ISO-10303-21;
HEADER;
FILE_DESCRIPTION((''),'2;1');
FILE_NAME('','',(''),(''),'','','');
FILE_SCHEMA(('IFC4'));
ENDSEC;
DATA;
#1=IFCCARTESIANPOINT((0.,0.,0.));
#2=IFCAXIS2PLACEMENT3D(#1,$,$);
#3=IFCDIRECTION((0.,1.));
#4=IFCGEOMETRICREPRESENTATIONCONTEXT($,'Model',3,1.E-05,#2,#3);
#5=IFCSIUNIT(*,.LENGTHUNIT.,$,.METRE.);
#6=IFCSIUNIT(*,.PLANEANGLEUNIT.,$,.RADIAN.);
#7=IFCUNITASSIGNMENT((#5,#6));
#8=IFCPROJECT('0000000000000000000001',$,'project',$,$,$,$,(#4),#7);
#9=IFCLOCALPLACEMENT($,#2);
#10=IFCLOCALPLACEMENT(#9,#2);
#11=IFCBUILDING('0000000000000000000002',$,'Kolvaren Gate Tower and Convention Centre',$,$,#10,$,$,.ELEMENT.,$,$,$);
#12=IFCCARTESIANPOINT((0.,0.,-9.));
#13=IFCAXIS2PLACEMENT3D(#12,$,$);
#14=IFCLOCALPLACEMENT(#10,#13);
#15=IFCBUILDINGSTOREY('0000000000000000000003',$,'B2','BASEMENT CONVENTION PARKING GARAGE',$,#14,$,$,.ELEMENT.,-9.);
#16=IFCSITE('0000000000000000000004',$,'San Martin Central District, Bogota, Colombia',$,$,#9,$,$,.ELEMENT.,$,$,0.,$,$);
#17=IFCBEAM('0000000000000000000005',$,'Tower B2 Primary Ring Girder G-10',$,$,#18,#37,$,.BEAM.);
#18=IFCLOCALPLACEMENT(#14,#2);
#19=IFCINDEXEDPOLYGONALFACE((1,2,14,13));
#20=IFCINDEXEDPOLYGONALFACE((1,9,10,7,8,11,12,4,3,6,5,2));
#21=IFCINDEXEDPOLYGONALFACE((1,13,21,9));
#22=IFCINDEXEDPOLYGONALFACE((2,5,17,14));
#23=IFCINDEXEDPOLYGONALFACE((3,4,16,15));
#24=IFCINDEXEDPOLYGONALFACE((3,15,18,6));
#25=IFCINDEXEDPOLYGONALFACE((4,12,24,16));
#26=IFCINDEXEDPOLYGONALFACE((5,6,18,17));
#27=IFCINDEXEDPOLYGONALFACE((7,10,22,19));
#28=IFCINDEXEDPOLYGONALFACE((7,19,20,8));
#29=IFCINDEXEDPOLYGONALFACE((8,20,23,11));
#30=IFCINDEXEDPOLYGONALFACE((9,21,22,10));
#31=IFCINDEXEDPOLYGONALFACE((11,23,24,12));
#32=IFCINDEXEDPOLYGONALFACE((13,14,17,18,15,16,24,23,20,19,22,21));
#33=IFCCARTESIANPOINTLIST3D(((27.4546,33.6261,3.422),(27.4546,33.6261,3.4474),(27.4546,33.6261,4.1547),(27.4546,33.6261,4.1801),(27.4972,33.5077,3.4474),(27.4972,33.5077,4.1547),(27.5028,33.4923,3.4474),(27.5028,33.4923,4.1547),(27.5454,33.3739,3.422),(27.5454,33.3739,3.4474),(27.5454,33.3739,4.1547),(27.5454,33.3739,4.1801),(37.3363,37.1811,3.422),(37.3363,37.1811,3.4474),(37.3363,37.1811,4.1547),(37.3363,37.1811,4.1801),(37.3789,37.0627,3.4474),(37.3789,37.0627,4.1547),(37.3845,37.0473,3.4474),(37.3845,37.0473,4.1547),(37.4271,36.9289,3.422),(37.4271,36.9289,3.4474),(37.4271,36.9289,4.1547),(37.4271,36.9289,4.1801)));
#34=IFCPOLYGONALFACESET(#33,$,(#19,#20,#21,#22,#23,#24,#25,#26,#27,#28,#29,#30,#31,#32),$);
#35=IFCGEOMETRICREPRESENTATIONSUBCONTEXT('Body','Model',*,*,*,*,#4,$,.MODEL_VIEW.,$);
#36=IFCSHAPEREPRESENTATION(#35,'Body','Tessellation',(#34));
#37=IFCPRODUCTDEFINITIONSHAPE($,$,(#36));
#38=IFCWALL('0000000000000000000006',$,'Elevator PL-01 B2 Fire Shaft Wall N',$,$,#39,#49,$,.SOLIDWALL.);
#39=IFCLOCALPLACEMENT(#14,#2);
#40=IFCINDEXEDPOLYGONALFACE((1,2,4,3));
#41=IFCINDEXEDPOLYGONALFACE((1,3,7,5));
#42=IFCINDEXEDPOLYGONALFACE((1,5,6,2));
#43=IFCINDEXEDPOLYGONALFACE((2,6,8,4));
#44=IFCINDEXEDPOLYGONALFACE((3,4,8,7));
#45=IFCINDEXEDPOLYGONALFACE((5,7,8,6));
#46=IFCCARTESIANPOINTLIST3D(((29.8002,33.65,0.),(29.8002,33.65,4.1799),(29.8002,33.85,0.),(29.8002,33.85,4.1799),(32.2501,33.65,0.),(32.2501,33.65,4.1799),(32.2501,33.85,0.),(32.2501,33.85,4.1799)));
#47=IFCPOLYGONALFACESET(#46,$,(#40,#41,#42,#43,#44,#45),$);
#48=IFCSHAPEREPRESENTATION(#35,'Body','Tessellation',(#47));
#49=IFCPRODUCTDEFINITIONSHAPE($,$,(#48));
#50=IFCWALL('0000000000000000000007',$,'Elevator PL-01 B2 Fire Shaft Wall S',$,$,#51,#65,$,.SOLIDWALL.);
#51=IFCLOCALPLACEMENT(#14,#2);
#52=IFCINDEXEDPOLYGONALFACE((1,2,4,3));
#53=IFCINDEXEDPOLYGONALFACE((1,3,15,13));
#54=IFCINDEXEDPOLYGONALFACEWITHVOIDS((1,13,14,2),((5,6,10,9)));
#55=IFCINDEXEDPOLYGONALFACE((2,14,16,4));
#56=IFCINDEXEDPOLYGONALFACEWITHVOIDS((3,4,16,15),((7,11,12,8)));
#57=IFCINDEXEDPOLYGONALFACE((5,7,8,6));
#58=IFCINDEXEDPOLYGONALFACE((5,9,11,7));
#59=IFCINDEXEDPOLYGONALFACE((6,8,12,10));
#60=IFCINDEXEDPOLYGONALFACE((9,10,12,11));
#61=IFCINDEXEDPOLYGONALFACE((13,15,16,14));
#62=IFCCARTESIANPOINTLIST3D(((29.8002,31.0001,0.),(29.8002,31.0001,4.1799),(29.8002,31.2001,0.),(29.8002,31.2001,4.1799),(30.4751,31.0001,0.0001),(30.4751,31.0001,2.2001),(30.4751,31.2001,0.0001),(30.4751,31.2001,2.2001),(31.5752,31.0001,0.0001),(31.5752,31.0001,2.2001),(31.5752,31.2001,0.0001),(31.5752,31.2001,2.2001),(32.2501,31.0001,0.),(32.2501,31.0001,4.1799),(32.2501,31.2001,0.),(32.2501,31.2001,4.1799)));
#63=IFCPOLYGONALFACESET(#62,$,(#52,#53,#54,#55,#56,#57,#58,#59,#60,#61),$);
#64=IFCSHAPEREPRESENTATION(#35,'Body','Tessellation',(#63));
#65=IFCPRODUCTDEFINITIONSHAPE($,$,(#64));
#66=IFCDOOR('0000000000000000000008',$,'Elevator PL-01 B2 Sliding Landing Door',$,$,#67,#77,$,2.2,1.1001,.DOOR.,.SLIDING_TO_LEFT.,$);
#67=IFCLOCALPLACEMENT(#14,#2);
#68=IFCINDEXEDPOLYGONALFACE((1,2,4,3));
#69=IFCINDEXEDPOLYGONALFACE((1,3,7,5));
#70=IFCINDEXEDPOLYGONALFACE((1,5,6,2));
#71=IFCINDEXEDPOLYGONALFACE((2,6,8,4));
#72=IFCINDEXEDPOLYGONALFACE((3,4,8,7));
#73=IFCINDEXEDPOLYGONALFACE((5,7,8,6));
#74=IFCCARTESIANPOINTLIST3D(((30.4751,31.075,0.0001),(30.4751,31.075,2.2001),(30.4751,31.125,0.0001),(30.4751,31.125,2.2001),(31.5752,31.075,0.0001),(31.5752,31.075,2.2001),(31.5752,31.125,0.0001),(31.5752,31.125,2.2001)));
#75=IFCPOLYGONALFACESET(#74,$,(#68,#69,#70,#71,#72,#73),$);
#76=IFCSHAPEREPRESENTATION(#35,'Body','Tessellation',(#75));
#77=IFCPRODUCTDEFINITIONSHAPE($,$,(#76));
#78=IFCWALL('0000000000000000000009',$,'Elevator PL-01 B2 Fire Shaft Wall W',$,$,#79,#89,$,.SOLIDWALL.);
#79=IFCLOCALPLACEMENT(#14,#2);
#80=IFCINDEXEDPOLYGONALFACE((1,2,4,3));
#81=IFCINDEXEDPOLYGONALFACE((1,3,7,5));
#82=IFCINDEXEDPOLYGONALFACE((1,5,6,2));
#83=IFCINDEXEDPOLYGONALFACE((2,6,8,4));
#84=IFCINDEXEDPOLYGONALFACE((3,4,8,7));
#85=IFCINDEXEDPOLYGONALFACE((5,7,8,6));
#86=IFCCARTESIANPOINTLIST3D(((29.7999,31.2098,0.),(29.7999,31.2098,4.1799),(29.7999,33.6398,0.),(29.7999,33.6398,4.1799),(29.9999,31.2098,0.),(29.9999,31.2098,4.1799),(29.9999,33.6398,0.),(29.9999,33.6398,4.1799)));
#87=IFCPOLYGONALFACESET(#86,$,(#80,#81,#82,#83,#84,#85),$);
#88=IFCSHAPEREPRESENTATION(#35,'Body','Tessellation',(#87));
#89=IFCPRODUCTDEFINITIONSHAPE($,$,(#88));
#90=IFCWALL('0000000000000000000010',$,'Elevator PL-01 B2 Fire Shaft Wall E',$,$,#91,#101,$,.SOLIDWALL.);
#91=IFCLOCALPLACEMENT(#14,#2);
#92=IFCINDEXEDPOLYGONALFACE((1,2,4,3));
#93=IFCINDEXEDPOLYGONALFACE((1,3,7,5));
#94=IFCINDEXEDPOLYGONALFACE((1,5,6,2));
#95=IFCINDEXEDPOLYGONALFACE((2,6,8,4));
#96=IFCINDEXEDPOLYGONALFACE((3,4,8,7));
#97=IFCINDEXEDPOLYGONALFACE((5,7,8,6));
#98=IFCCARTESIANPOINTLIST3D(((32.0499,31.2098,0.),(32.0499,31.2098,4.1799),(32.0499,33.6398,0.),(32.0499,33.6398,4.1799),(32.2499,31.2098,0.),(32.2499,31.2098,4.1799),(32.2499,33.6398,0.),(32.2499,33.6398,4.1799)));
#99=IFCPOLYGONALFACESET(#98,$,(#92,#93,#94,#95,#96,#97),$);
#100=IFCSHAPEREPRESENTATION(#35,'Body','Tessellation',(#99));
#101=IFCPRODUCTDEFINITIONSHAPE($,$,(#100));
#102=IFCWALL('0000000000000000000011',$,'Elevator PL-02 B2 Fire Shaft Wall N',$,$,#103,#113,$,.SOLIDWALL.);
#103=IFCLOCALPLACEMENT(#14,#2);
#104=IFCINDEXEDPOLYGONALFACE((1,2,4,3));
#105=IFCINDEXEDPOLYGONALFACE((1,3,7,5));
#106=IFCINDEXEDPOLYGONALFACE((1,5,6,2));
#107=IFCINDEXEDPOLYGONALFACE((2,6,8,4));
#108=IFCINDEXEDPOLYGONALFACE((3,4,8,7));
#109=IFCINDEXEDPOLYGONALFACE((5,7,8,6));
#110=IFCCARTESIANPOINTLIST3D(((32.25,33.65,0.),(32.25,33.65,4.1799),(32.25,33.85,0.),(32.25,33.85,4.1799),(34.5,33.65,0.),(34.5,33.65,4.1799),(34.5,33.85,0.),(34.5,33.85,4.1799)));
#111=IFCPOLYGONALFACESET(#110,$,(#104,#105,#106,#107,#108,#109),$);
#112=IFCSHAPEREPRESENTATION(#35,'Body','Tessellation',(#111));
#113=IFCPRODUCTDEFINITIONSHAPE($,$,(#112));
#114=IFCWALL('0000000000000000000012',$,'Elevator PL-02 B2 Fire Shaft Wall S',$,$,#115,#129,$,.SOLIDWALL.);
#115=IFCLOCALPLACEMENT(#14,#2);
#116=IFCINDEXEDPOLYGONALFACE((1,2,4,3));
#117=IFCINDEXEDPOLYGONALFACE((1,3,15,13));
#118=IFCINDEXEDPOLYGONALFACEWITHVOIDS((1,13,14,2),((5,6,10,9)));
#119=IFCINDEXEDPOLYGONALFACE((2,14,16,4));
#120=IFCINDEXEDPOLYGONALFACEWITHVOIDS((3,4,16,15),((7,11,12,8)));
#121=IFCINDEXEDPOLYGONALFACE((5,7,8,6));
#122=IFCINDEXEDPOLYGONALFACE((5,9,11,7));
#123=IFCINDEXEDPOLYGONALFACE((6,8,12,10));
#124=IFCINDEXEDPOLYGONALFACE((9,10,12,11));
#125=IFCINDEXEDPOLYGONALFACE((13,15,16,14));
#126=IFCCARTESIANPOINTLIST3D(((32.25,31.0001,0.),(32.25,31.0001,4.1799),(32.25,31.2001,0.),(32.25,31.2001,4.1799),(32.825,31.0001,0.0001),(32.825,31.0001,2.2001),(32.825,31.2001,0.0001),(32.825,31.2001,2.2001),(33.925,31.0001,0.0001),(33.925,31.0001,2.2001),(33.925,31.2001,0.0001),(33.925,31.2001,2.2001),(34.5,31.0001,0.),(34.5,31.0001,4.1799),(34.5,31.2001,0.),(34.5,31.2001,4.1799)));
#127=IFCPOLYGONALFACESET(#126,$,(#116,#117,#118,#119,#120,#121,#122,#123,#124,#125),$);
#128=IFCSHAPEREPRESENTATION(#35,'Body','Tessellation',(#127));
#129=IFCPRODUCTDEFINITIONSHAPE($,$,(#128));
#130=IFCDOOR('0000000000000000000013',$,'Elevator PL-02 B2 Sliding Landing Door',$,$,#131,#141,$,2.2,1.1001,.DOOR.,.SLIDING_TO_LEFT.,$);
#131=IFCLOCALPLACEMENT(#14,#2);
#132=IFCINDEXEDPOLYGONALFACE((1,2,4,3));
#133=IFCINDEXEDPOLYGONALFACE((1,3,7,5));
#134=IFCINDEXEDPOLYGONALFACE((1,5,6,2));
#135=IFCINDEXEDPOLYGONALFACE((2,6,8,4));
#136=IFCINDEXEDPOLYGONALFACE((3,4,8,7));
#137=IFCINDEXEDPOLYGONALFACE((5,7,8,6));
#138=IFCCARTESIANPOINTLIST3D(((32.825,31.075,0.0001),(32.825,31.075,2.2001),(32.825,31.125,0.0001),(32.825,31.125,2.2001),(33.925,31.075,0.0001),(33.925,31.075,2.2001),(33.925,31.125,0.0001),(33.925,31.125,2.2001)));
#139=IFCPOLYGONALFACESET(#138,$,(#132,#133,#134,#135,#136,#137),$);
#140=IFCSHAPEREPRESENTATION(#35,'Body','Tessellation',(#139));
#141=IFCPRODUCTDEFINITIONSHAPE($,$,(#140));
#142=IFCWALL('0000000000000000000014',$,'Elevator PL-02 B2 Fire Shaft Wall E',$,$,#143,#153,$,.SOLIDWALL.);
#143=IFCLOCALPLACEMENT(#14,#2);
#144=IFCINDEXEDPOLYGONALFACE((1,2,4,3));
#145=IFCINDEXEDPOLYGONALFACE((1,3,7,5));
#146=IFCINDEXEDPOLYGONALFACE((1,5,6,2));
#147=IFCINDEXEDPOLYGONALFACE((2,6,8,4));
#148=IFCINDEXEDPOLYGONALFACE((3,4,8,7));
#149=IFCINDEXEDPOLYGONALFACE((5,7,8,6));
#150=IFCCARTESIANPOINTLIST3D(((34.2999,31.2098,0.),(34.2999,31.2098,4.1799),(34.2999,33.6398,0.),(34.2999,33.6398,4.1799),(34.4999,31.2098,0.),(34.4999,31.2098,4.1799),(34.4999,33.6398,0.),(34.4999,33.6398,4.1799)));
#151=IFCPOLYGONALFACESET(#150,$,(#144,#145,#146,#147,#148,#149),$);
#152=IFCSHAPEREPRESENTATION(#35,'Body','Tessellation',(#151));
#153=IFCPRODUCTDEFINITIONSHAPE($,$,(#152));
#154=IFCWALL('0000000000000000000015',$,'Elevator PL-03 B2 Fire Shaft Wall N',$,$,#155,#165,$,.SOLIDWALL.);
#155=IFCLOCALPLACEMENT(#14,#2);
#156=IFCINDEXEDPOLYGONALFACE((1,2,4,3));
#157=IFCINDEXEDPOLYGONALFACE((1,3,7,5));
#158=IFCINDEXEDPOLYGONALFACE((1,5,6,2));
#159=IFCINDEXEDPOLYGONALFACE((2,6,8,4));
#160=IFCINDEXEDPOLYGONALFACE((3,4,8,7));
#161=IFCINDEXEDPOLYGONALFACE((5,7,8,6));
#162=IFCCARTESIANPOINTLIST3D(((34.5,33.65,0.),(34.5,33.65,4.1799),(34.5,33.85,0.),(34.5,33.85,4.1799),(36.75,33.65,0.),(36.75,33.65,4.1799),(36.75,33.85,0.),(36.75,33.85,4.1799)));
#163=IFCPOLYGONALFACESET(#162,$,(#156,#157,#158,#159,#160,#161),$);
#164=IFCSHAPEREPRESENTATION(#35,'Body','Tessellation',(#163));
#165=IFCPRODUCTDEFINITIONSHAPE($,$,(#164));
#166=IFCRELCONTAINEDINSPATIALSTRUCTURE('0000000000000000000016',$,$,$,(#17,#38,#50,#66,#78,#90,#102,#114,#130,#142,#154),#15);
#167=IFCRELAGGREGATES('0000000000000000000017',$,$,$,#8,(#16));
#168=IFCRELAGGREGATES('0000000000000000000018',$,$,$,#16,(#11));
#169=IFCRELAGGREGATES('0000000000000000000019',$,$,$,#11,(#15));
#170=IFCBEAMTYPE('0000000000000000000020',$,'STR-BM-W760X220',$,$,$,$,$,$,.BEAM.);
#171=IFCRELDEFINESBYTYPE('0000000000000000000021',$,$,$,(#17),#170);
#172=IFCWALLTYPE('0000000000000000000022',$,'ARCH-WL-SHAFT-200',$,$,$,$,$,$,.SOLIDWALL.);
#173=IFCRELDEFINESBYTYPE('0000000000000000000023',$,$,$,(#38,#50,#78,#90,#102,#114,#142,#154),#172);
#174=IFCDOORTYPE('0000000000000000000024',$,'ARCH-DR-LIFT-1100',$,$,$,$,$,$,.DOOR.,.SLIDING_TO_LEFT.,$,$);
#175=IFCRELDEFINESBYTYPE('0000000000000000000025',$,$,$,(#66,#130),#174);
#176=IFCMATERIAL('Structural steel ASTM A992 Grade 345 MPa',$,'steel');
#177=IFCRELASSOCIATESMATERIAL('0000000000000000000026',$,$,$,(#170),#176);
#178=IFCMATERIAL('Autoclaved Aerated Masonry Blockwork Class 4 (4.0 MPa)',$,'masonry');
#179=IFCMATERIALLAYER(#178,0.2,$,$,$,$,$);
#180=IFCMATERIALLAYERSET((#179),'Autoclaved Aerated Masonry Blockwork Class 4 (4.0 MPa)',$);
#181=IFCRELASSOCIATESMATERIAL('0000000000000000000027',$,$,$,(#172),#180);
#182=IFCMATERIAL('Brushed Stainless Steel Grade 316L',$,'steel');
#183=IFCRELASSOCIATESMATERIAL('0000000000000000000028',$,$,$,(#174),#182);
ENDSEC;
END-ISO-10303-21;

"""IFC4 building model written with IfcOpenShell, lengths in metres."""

from ifc_helpers import new_model, si_unit, direction, frame, frame_2d, origin, origin_2d, place, context, subcontext, project, spatial, rectangle, i_section, extrude, material, layer, layer_set, material_profile, profile_set, type_object, element, fill, save


model = new_model("IFC4")

# Units and contexts
model_context = context("Model", 3, precision=1e-05, world=origin(), true_north=direction((0.0, 1.0)))
body_context = subcontext(model_context, "Body", "Model", "MODEL_VIEW")
ifc_project = project(units=[si_unit("LENGTHUNIT", "METRE"), si_unit("PLANEANGLEUNIT", "RADIAN")], contexts=[model_context])

# Site, building, storey
site_placement = place(None, origin())
site = spatial("IfcSite", under=ifc_project, at=site_placement, Name="San Martin Central District, Bogota, Colombia", CompositionType="ELEMENT", RefElevation=0.0)
building_placement = place(site_placement, origin())
building = spatial("IfcBuilding", under=site, at=building_placement, Name="Kolvaren Gate Tower and Convention Centre", CompositionType="ELEMENT")
storey_placement = place(building_placement, frame((0.0, 0.0, -9.0)))
storey = spatial("IfcBuildingStorey", under=building, at=storey_placement, Name="B2", Description="BASEMENT CONVENTION PARKING GARAGE", CompositionType="ELEMENT", Elevation=-9.0)

# Beam
ifc_material_1 = material(Name="Structural steel ASTM A992 Grade 345 MPa", Category="steel")
ifc_material_profile = material_profile(ifc_material_1, i_section(OverallWidth=0.2681, OverallDepth=0.7581, WebThickness=0.0164, FlangeThickness=0.0254, at=origin_2d()), Name="W760X220")
ifc_profile_set = profile_set([ifc_material_profile], Name="Structural steel ASTM A992 Grade 345 MPa")
beam_type = type_object("IfcBeamType", Name="STR-BM-W760X220", PredefinedType="BEAM", material=ifc_profile_set)
beam_placement = place(storey_placement, frame((27.5, 33.5, 3.801), z_axis=(0.940961, 0.338514, 0.0), x_axis=(-0.338514, 0.940961, 0.0)))
element("IfcBeam", 1, at=beam_placement, inside=storey, type_object=beam_type, Name="Tower B2 Primary Ring Girder G-10", PredefinedType="BEAM", context=body_context, shape_type="SweptSolid", body=[
    extrude(i_section(OverallWidth=0.2681, OverallDepth=0.7581, WebThickness=0.0164, FlangeThickness=0.0254, at=origin_2d()), origin(), (0.0, 0.0, 1.0), 10.5017),
])

# Wall
ifc_material_2 = material(Name="Autoclaved Aerated Masonry Blockwork Class 4 (4.0 MPa)", Category="masonry")
ifc_layer_1 = layer(ifc_material_2, 0.2)
ifc_layer_set_1 = layer_set([ifc_layer_1], Name="Autoclaved Aerated Masonry Blockwork Class 4 (4.0 MPa)")
wall_type_1 = type_object("IfcWallType", Name="ARCH-WL-SHAFT-200", PredefinedType="SOLIDWALL", material=ifc_layer_set_1)
wall_1_placement = place(storey_placement, frame((29.8, 33.75, 0.0), z_axis=(0.0, 0.0, 1.0), x_axis=(1.0, 0.0, 0.0)))
element("IfcWall", 2, at=wall_1_placement, inside=storey, type_object=wall_type_1, Name="Elevator PL-01 B2 Fire Shaft Wall N", PredefinedType="SOLIDWALL", context=body_context, shape_type="SweptSolid", body=[
    extrude(rectangle(XDim=2.45, YDim=0.2, at=frame_2d((1.2251, 0.0))), origin(), (0.0, 0.0, 1.0), 4.1799),
])

# Wall, opening, door
wall_2_placement = place(storey_placement, frame((29.8, 31.1001, 0.0), z_axis=(0.0, 0.0, 1.0), x_axis=(1.0, 0.0, 0.0)))
wall_2 = element("IfcWall", 3, at=wall_2_placement, inside=storey, type_object=wall_type_1, Name="Elevator PL-01 B2 Fire Shaft Wall S", PredefinedType="SOLIDWALL", context=body_context, shape_type="SweptSolid", body=[
    extrude(rectangle(XDim=2.45, YDim=0.2, at=frame_2d((1.2251, 0.0))), origin(), (0.0, 0.0, 1.0), 4.1799),
])
opening_1_placement = place(wall_2_placement, frame((0.675, 0.0, 0.0)))
opening_1 = element("IfcOpeningElement", 4, at=opening_1_placement, cuts=wall_2, PredefinedType="OPENING", context=body_context, shape_type="SweptSolid", body=[
    extrude(rectangle(XDim=1.1001, YDim=2.2, at=frame_2d((0.55, 1.1001))), frame((0.0, 0.1099, 0.0), z_axis=(0.0, -1.0, 0.0), x_axis=(1.0, 0.0, 0.0)), (0.0, 0.0, 1.0), 0.22),
])
ifc_material_3 = material(Name="Brushed Stainless Steel Grade 316L", Category="steel")
door_type = type_object("IfcDoorType", Name="ARCH-DR-LIFT-1100", OperationType="SLIDING_TO_LEFT", PredefinedType="DOOR", material=ifc_material_3)
door_1_placement = place(opening_1_placement, origin())
door_1 = element("IfcDoor", 5, at=door_1_placement, inside=storey, type_object=door_type, Name="Elevator PL-01 B2 Sliding Landing Door", OperationType="SLIDING_TO_LEFT", OverallHeight=2.2, OverallWidth=1.1001, PredefinedType="DOOR", context=body_context, shape_type="SweptSolid", body=[
    extrude(rectangle(XDim=1.1001, YDim=2.2, at=frame_2d((0.55, 1.1001))), frame((0.0, 0.0249, 0.0), z_axis=(0.0, -1.0, 0.0), x_axis=(1.0, 0.0, 0.0)), (0.0, 0.0, 1.0), 0.05),
])
fill(opening_1, door_1)

# Walls
for number, where, z_axis, x_axis, name in (
    (6, (29.8999, 31.21, 0.0), (0.0, 0.0, 1.0), (0.0, 1.0, 0.0), "Elevator PL-01 B2 Fire Shaft Wall W"),
    (7, (32.1499, 31.21, 0.0), (0.0, 0.0, 1.0), (0.0, 1.0, 0.0), "Elevator PL-01 B2 Fire Shaft Wall E"),
):
    element("IfcWall", number, at=place(storey_placement, frame(where, z_axis=z_axis, x_axis=x_axis)), inside=storey, type_object=wall_type_1, Name=name, PredefinedType="SOLIDWALL", context=body_context, shape_type="SweptSolid", body=[
        extrude(rectangle(XDim=2.4299, YDim=0.2, at=frame_2d((1.2148, 0.0))), origin(), (0.0, 0.0, 1.0), 4.1799),
    ])
wall_3_placement = place(storey_placement, frame((32.25, 33.75, 0.0), z_axis=(0.0, 0.0, 1.0), x_axis=(1.0, 0.0, 0.0)))
element("IfcWall", 8, at=wall_3_placement, inside=storey, type_object=wall_type_1, Name="Elevator PL-02 B2 Fire Shaft Wall N", PredefinedType="SOLIDWALL", context=body_context, shape_type="SweptSolid", body=[
    extrude(rectangle(XDim=2.25, YDim=0.2, at=frame_2d((1.125, 0.0))), origin(), (0.0, 0.0, 1.0), 4.1799),
])

# Wall, opening, door
wall_4_placement = place(storey_placement, frame((32.25, 31.1001, 0.0), z_axis=(0.0, 0.0, 1.0), x_axis=(1.0, 0.0, 0.0)))
wall_4 = element("IfcWall", 9, at=wall_4_placement, inside=storey, type_object=wall_type_1, Name="Elevator PL-02 B2 Fire Shaft Wall S", PredefinedType="SOLIDWALL", context=body_context, shape_type="SweptSolid", body=[
    extrude(rectangle(XDim=2.25, YDim=0.2, at=frame_2d((1.125, 0.0))), origin(), (0.0, 0.0, 1.0), 4.1799),
])
opening_2_placement = place(wall_4_placement, frame((0.575, 0.0, 0.0)))
opening_2 = element("IfcOpeningElement", 10, at=opening_2_placement, cuts=wall_4, PredefinedType="OPENING", context=body_context, shape_type="SweptSolid", body=[
    extrude(rectangle(XDim=1.1001, YDim=2.2, at=frame_2d((0.55, 1.1001))), frame((0.0, 0.1099, 0.0), z_axis=(0.0, -1.0, 0.0), x_axis=(1.0, 0.0, 0.0)), (0.0, 0.0, 1.0), 0.22),
])
door_2_placement = place(opening_2_placement, origin())
door_2 = element("IfcDoor", 11, at=door_2_placement, inside=storey, type_object=door_type, Name="Elevator PL-02 B2 Sliding Landing Door", OperationType="SLIDING_TO_LEFT", OverallHeight=2.2, OverallWidth=1.1001, PredefinedType="DOOR", context=body_context, shape_type="SweptSolid", body=[
    extrude(rectangle(XDim=1.1001, YDim=2.2, at=frame_2d((0.55, 1.1001))), frame((0.0, 0.0249, 0.0), z_axis=(0.0, -1.0, 0.0), x_axis=(1.0, 0.0, 0.0)), (0.0, 0.0, 1.0), 0.05),
])
fill(opening_2, door_2)

# Walls
wall_5_placement = place(storey_placement, frame((34.3999, 31.21, 0.0), z_axis=(0.0, 0.0, 1.0), x_axis=(0.0, 1.0, 0.0)))
element("IfcWall", 12, at=wall_5_placement, inside=storey, type_object=wall_type_1, Name="Elevator PL-02 B2 Fire Shaft Wall E", PredefinedType="SOLIDWALL", context=body_context, shape_type="SweptSolid", body=[
    extrude(rectangle(XDim=2.4299, YDim=0.2, at=frame_2d((1.2148, 0.0))), origin(), (0.0, 0.0, 1.0), 4.1799),
])
wall_6_placement = place(storey_placement, frame((34.5, 33.75, 0.0), z_axis=(0.0, 0.0, 1.0), x_axis=(1.0, 0.0, 0.0)))
element("IfcWall", 13, at=wall_6_placement, inside=storey, type_object=wall_type_1, Name="Elevator PL-03 B2 Fire Shaft Wall N", PredefinedType="SOLIDWALL", context=body_context, shape_type="SweptSolid", body=[
    extrude(rectangle(XDim=2.25, YDim=0.2, at=frame_2d((1.125, 0.0))), origin(), (0.0, 0.0, 1.0), 4.1799),
])

save(model, "model.ifc")
